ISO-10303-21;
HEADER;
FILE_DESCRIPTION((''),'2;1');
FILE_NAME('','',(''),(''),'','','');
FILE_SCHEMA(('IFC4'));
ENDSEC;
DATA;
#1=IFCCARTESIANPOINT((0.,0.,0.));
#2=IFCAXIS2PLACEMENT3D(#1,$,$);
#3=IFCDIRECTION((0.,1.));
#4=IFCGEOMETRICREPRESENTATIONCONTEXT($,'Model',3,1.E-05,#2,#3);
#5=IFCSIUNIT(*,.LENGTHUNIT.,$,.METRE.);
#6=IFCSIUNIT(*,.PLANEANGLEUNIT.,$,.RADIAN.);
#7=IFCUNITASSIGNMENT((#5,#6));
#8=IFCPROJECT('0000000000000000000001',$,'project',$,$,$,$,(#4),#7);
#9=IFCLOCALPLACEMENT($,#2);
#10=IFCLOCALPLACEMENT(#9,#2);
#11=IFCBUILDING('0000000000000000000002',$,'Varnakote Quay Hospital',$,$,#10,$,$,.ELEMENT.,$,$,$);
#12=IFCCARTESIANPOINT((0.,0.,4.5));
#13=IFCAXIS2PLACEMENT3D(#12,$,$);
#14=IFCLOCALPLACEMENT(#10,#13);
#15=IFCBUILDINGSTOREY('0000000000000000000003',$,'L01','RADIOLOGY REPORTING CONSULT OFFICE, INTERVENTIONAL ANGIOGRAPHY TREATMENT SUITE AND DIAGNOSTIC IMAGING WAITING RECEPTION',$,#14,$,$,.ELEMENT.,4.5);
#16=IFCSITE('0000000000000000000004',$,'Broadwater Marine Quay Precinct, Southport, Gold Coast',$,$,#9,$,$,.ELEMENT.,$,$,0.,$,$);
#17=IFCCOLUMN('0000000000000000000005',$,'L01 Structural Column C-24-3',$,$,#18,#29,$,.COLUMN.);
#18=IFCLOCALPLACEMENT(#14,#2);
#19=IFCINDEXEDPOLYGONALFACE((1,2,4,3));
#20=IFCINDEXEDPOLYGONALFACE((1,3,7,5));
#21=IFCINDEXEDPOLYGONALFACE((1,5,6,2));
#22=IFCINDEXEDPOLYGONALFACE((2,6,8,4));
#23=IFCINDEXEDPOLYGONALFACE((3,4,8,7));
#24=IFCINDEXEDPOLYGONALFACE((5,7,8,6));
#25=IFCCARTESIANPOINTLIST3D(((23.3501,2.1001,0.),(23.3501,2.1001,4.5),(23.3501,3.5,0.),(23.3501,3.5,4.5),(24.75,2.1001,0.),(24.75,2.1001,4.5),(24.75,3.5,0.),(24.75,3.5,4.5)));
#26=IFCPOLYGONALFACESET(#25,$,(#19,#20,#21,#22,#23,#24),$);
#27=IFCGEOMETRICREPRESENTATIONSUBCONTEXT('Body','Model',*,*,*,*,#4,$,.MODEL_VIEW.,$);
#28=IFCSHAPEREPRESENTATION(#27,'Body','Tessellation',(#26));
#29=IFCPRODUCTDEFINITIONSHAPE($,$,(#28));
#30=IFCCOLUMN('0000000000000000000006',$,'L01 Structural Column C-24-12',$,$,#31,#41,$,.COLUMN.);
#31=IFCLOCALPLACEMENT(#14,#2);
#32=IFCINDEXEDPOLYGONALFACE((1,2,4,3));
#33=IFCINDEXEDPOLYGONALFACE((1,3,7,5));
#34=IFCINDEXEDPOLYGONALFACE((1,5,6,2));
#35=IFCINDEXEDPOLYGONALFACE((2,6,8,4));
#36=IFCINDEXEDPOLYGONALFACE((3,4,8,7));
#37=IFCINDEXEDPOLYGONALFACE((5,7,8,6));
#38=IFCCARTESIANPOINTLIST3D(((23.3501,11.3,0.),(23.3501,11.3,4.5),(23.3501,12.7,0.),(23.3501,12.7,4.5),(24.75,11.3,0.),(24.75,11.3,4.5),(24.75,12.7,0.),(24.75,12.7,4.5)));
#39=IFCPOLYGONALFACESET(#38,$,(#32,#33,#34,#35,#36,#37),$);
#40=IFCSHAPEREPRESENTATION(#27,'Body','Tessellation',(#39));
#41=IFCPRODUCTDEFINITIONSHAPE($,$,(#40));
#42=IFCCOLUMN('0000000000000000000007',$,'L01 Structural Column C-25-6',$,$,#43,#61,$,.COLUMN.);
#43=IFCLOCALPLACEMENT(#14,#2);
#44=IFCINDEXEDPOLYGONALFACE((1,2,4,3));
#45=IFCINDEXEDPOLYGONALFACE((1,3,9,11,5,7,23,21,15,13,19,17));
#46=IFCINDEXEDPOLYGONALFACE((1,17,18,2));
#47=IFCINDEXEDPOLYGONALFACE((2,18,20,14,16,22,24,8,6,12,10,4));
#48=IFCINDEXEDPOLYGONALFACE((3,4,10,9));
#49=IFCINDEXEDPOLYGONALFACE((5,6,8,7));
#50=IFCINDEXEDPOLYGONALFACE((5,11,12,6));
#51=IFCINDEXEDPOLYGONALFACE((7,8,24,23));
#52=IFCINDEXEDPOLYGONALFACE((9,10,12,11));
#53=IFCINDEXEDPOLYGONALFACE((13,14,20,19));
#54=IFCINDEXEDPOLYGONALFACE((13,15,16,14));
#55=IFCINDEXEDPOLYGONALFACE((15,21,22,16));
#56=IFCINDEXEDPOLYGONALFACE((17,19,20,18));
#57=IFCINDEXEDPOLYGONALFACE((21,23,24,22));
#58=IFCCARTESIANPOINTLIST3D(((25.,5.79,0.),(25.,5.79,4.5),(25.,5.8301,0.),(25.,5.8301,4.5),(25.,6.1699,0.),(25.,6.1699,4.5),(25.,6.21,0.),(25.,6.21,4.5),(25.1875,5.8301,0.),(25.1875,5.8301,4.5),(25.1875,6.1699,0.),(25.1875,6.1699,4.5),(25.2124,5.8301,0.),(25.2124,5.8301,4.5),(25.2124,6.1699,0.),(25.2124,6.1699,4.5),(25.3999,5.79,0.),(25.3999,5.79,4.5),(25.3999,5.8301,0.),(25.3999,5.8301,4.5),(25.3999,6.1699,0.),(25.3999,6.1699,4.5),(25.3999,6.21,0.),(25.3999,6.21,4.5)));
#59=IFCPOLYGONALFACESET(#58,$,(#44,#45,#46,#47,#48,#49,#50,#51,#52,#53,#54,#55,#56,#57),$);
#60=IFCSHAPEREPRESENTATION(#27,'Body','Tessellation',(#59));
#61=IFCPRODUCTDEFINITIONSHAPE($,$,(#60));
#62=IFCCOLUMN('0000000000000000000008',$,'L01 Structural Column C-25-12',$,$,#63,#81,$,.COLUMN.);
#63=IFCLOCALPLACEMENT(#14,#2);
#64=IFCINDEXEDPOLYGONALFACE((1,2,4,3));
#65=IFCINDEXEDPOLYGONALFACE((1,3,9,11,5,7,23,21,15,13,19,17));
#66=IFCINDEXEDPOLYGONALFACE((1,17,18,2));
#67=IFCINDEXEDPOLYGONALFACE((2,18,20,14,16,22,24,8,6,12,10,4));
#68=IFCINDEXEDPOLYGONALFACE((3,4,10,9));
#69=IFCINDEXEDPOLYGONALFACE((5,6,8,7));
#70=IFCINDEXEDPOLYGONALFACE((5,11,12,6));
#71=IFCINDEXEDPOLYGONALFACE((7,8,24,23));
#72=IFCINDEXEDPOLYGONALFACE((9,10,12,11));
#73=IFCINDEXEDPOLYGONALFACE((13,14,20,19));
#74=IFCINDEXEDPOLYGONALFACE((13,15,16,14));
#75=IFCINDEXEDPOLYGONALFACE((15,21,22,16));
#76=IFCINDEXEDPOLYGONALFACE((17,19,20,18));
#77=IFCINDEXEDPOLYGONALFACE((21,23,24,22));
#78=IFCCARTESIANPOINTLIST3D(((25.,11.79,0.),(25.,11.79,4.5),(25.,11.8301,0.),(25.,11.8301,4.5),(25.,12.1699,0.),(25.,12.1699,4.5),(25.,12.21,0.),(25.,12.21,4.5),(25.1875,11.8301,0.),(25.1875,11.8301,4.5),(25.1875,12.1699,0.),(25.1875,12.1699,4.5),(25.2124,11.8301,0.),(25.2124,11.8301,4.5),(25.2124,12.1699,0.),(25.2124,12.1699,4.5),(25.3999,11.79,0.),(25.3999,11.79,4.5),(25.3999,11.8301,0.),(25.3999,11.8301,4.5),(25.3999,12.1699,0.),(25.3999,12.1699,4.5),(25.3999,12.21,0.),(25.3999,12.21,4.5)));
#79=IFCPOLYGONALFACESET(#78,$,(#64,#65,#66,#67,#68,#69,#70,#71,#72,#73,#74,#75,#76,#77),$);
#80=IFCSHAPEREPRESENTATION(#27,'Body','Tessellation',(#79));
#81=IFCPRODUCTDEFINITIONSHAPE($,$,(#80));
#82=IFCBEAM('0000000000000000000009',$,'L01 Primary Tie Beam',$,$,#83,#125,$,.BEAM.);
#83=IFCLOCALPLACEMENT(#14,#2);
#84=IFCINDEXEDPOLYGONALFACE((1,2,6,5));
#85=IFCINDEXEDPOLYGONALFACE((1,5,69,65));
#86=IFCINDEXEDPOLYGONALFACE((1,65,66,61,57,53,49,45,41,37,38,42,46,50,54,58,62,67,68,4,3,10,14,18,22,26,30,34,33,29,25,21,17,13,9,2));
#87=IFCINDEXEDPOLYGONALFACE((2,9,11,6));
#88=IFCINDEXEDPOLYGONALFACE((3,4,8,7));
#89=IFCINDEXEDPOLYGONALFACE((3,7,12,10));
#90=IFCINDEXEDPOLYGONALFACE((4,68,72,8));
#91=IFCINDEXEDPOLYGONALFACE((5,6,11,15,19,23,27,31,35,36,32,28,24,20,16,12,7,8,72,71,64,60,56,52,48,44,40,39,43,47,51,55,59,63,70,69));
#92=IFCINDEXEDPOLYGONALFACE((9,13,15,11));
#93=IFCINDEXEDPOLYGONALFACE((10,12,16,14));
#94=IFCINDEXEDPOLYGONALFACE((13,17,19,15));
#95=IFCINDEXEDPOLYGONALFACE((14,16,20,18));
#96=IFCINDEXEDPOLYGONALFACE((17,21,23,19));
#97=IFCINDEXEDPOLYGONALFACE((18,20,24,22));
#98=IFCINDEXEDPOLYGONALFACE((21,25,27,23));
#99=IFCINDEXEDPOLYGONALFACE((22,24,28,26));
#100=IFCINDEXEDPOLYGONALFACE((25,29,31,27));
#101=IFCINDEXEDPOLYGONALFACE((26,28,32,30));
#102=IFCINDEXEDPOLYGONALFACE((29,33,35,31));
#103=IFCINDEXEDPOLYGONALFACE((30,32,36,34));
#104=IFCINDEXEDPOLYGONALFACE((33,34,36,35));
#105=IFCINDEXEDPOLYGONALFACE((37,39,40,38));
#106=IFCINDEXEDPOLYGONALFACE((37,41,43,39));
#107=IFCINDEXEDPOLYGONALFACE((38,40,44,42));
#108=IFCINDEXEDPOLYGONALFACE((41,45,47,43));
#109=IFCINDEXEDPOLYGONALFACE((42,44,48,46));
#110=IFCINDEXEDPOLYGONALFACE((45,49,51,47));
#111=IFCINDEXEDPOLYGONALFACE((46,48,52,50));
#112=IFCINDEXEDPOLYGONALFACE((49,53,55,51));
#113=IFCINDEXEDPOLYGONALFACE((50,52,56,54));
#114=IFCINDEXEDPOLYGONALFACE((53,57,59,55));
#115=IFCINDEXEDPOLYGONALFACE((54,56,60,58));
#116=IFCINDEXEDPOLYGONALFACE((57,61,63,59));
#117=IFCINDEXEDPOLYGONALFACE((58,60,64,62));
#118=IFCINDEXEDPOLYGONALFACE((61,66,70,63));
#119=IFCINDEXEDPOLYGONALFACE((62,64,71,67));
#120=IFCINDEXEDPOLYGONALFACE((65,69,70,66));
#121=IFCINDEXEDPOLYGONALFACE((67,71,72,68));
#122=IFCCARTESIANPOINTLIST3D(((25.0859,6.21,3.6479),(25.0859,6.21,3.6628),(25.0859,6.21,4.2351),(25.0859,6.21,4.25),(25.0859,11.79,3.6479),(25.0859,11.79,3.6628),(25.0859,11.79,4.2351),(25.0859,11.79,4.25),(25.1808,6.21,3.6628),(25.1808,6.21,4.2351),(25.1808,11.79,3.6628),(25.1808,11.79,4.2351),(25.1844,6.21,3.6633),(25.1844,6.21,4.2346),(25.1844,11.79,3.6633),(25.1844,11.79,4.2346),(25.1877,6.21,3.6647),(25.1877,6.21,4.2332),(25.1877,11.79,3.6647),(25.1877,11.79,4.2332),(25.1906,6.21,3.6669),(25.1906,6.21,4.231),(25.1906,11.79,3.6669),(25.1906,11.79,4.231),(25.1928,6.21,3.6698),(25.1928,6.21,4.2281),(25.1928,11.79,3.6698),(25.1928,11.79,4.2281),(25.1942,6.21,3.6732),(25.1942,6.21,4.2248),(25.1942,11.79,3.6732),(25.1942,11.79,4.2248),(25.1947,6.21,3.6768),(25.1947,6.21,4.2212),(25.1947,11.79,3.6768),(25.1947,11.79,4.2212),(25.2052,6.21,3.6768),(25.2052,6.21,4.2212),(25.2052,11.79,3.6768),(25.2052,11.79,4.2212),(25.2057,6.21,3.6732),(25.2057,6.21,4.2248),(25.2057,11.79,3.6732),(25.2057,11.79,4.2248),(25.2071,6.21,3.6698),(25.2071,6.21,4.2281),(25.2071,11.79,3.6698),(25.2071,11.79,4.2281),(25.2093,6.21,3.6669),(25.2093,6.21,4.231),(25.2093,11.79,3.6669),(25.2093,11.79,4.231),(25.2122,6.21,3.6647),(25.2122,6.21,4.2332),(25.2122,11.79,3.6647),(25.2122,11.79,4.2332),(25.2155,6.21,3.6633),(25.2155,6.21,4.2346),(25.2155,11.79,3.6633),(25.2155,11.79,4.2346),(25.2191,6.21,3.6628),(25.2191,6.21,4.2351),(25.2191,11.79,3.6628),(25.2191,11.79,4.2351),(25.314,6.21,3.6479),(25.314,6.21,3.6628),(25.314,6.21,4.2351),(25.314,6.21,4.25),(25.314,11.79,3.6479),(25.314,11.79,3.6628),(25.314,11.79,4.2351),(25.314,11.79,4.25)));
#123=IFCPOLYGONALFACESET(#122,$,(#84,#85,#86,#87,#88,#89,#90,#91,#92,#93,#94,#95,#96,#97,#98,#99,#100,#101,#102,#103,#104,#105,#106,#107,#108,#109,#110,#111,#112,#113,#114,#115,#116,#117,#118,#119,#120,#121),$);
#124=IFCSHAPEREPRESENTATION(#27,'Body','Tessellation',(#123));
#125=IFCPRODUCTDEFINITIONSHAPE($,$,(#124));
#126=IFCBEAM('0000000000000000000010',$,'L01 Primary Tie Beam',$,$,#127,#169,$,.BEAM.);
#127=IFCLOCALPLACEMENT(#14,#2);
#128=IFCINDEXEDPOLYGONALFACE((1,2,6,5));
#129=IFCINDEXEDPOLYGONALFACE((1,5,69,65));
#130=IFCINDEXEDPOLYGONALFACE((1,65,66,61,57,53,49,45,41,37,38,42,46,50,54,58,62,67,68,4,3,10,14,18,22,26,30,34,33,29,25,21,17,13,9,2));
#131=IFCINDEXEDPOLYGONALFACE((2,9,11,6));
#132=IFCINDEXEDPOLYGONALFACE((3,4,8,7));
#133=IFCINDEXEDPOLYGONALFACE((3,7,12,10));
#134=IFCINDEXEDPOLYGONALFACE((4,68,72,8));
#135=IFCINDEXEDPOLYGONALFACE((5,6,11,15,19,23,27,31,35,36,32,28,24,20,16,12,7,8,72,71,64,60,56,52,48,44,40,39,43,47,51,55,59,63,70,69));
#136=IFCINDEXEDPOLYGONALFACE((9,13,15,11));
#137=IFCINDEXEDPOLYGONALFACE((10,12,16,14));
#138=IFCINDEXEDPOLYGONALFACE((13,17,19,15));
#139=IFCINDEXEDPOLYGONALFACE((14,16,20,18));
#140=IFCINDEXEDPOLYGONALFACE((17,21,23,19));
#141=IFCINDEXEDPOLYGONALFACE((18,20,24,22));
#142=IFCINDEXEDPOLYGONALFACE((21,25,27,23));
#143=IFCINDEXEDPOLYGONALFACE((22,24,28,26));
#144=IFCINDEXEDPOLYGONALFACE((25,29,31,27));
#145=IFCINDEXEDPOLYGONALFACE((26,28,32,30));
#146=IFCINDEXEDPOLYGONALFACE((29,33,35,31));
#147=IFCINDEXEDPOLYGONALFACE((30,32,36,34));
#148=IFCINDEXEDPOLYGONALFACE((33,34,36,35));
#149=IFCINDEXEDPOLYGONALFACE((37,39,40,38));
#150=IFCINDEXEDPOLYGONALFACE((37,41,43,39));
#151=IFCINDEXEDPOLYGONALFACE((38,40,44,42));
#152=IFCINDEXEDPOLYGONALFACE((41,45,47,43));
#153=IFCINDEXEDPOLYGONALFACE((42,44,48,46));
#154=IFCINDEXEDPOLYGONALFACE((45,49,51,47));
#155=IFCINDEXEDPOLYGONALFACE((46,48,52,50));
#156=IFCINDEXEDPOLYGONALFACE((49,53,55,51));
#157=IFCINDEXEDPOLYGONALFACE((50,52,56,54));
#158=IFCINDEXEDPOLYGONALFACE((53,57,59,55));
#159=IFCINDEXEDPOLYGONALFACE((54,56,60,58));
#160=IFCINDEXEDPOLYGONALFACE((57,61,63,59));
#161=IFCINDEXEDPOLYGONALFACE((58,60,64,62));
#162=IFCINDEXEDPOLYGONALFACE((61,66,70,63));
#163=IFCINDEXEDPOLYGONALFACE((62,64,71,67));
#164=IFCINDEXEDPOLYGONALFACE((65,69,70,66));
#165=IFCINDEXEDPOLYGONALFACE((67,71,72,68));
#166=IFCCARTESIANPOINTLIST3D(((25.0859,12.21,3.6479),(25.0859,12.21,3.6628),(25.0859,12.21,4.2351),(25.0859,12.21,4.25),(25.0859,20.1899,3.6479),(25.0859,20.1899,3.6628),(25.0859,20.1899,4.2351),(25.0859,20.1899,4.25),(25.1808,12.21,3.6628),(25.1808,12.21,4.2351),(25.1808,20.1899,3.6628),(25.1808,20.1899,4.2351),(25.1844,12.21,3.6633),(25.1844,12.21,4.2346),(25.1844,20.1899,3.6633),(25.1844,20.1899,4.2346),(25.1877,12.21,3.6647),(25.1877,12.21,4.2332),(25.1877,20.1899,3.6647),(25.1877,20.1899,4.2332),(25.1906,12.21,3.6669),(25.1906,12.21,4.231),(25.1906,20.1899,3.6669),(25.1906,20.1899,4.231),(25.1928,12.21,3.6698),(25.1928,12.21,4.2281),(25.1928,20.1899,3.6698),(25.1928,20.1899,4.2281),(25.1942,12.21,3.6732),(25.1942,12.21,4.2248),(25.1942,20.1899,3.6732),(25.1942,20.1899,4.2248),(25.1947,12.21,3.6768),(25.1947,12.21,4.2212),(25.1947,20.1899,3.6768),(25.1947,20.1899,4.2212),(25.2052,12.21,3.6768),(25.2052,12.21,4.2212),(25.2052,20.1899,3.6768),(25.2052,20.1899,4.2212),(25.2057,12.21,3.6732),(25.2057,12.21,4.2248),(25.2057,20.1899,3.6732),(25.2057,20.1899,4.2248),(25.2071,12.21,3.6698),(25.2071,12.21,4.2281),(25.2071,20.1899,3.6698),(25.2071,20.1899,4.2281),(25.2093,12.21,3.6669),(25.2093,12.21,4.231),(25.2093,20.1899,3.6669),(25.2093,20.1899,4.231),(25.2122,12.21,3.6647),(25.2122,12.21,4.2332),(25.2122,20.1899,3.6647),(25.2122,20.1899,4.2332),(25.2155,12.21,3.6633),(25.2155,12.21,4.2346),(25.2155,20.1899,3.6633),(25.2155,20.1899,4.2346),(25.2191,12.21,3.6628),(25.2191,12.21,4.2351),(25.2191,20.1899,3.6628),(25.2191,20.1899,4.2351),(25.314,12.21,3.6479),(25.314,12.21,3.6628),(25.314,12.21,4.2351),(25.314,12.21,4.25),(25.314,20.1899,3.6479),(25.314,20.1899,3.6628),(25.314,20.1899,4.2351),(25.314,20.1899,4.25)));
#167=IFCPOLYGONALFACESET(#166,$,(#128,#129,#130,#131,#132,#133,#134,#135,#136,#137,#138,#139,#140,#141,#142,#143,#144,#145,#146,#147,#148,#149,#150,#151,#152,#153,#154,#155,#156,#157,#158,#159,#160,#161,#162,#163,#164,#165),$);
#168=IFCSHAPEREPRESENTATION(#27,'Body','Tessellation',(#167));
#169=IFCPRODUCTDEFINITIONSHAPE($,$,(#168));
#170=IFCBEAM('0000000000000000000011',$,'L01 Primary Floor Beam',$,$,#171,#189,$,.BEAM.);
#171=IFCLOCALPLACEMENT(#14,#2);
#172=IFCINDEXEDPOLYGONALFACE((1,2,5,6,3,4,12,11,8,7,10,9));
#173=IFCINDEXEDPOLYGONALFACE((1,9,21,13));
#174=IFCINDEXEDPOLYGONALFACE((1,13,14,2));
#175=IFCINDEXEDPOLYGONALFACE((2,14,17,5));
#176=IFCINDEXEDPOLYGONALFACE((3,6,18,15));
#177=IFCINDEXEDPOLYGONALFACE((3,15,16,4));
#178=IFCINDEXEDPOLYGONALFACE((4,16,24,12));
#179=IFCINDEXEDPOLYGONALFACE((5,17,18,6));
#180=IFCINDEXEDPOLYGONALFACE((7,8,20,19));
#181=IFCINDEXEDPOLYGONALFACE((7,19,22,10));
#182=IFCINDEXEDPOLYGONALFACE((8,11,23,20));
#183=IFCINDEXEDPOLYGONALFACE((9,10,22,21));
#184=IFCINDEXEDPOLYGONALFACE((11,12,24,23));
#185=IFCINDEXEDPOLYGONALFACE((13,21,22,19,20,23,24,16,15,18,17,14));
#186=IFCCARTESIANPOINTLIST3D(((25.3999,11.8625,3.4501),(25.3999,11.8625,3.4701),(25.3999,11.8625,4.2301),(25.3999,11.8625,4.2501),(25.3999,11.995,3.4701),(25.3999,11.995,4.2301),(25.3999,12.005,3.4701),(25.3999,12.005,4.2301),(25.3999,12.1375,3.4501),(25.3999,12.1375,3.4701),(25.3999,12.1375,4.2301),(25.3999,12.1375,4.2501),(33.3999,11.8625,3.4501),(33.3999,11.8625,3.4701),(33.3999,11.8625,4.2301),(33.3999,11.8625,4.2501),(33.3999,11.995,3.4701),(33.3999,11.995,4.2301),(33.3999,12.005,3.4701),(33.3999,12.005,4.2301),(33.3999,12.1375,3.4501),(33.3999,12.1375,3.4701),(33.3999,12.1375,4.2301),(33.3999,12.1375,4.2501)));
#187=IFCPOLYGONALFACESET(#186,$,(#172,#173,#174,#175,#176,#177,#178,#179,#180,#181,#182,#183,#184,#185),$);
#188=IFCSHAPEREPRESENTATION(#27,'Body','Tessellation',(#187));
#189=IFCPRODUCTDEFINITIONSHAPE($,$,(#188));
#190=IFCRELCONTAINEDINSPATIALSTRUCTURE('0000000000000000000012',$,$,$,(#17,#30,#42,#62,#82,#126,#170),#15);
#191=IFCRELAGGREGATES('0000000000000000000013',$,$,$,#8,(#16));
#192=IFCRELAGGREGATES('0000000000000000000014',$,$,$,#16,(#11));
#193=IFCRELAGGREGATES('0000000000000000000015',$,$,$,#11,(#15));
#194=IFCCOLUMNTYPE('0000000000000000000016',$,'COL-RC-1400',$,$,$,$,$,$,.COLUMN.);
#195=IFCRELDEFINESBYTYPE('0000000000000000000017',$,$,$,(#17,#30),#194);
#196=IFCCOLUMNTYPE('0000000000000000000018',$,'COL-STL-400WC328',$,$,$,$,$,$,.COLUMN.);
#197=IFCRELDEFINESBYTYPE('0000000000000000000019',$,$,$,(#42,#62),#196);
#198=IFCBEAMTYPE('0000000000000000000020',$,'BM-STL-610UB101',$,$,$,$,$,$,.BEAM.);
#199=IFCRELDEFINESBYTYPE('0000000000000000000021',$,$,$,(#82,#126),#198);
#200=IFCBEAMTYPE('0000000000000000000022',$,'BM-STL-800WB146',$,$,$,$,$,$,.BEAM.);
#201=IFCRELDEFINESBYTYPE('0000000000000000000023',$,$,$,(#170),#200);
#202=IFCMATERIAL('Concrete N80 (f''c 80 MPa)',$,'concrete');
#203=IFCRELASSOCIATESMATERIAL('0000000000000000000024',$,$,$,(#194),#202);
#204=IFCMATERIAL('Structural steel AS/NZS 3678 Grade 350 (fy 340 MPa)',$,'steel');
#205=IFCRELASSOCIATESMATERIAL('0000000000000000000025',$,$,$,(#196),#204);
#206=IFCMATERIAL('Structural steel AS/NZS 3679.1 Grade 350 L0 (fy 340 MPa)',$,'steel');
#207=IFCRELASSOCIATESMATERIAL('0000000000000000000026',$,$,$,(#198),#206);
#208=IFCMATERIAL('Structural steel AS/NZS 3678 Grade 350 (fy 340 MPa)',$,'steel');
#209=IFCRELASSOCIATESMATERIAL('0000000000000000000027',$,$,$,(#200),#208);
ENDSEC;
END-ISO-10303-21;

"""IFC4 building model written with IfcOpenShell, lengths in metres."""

from ifc_helpers import new_model, si_unit, direction, frame, origin, origin_2d, place, context, subcontext, project, spatial, rectangle, i_section, extrude, material, material_profile, profile_set, type_object, element, save


model = new_model("IFC4")

# Units and contexts
model_context = context("Model", 3, precision=1e-05, world=origin(), true_north=direction((0.0, 1.0)))
body_context = subcontext(model_context, "Body", "Model", "MODEL_VIEW")
ifc_project = project(units=[si_unit("LENGTHUNIT", "METRE"), si_unit("PLANEANGLEUNIT", "RADIAN")], contexts=[model_context])

# Site, building, storey
site_placement = place(None, origin())
site = spatial("IfcSite", under=ifc_project, at=site_placement, Name="Broadwater Marine Quay Precinct, Southport, Gold Coast", CompositionType="ELEMENT", RefElevation=0.0)
building_placement = place(site_placement, origin())
building = spatial("IfcBuilding", under=site, at=building_placement, Name="Varnakote Quay Hospital", CompositionType="ELEMENT")
storey_placement = place(building_placement, frame((0.0, 0.0, 4.5)))
storey = spatial("IfcBuildingStorey", under=building, at=storey_placement, Name="L01", Description="RADIOLOGY REPORTING CONSULT OFFICE, INTERVENTIONAL ANGIOGRAPHY TREATMENT SUITE AND DIAGNOSTIC IMAGING WAITING RECEPTION", CompositionType="ELEMENT", Elevation=4.5)

# Columns
ifc_material_1 = material(Name="Concrete N80 (f'c 80 MPa)", Category="concrete")
ifc_material_profile_1 = material_profile(ifc_material_1, rectangle(XDim=1.3999, YDim=1.3999, at=origin_2d()), Name="RC-COL-1400x1400")
ifc_profile_set_1 = profile_set([ifc_material_profile_1], Name="Concrete N80 (f'c 80 MPa)")
column_type_1 = type_object("IfcColumnType", Name="COL-RC-1400", PredefinedType="COLUMN", material=ifc_profile_set_1)
for number, where, z_axis, x_axis, name in (
    (1, (24.05, 2.8, 0.0), (0.0, 0.0, 1.0), (1.0, 0.0, 0.0), "L01 Structural Column C-24-3"),
    (2, (24.05, 12.0, 0.0), (0.0, 0.0, 1.0), (1.0, 0.0, 0.0), "L01 Structural Column C-24-12"),
):
    element("IfcColumn", number, at=place(storey_placement, frame(where, z_axis=z_axis, x_axis=x_axis)), inside=storey, type_object=column_type_1, Name=name, PredefinedType="COLUMN", context=body_context, shape_type="SweptSolid", body=[
        extrude(rectangle(XDim=1.3999, YDim=1.3999, at=origin_2d()), origin(), (0.0, 0.0, 1.0), 4.5),
    ])
ifc_material_2 = material(Name="Structural steel AS/NZS 3678 Grade 350 (fy 340 MPa)", Category="steel")
ifc_material_profile_2 = material_profile(ifc_material_2, i_section(OverallWidth=0.3999, OverallDepth=0.4199, WebThickness=0.0249, FlangeThickness=0.04, at=origin_2d()), Name="400WC328")
ifc_profile_set_2 = profile_set([ifc_material_profile_2], Name="Structural steel AS/NZS 3678 Grade 350 (fy 340 MPa)")
column_type_2 = type_object("IfcColumnType", Name="COL-STL-400WC328", PredefinedType="COLUMN", material=ifc_profile_set_2)
for number, where, z_axis, x_axis, name in (
    (3, (25.2, 6.0, 0.0), (0.0, 0.0, 1.0), (1.0, 0.0, 0.0), "L01 Structural Column C-25-6"),
    (4, (25.2, 12.0, 0.0), (0.0, 0.0, 1.0), (1.0, 0.0, 0.0), "L01 Structural Column C-25-12"),
):
    element("IfcColumn", number, at=place(storey_placement, frame(where, z_axis=z_axis, x_axis=x_axis)), inside=storey, type_object=column_type_2, Name=name, PredefinedType="COLUMN", context=body_context, shape_type="SweptSolid", body=[
        extrude(i_section(OverallWidth=0.3999, OverallDepth=0.4199, WebThickness=0.0249, FlangeThickness=0.04, at=origin_2d()), origin(), (0.0, 0.0, 1.0), 4.5),
    ])

# Beams
ifc_material_3 = material(Name="Structural steel AS/NZS 3679.1 Grade 350 L0 (fy 340 MPa)", Category="steel")
ifc_material_profile_3 = material_profile(ifc_material_3, i_section(OverallWidth=0.228, OverallDepth=0.6021, WebThickness=0.0105, FlangeThickness=0.0149, FilletRadius=0.0139, at=origin_2d()), Name="610UB101")
ifc_profile_set_3 = profile_set([ifc_material_profile_3], Name="Structural steel AS/NZS 3679.1 Grade 350 L0 (fy 340 MPa)")
beam_type_1 = type_object("IfcBeamType", Name="BM-STL-610UB101", PredefinedType="BEAM", material=ifc_profile_set_3)
beam_1_placement = place(storey_placement, frame((25.2, 6.21, 3.949), z_axis=(0.0, 1.0, 0.0), x_axis=(-1.0, 0.0, 0.0)))
element("IfcBeam", 5, at=beam_1_placement, inside=storey, type_object=beam_type_1, Name="L01 Primary Tie Beam", PredefinedType="BEAM", context=body_context, shape_type="SweptSolid", body=[
    extrude(i_section(OverallWidth=0.228, OverallDepth=0.6021, WebThickness=0.0105, FlangeThickness=0.0149, FilletRadius=0.0139, at=origin_2d()), origin(), (0.0, 0.0, 1.0), 5.5801),
])
beam_2_placement = place(storey_placement, frame((25.2, 12.21, 3.949), z_axis=(0.0, 1.0, 0.0), x_axis=(-1.0, 0.0, 0.0)))
element("IfcBeam", 6, at=beam_2_placement, inside=storey, type_object=beam_type_1, Name="L01 Primary Tie Beam", PredefinedType="BEAM", context=body_context, shape_type="SweptSolid", body=[
    extrude(i_section(OverallWidth=0.228, OverallDepth=0.6021, WebThickness=0.0105, FlangeThickness=0.0149, FilletRadius=0.0139, at=origin_2d()), origin(), (0.0, 0.0, 1.0), 7.98),
])
ifc_material_4 = material(Name="Structural steel AS/NZS 3678 Grade 350 (fy 340 MPa)", Category="steel")
ifc_material_profile_4 = material_profile(ifc_material_4, i_section(OverallWidth=0.2749, OverallDepth=0.8, WebThickness=0.01, FlangeThickness=0.02, at=origin_2d()), Name="800WB146")
ifc_profile_set_4 = profile_set([ifc_material_profile_4], Name="Structural steel AS/NZS 3678 Grade 350 (fy 340 MPa)")
beam_type_2 = type_object("IfcBeamType", Name="BM-STL-800WB146", PredefinedType="BEAM", material=ifc_profile_set_4)
beam_3_placement = place(storey_placement, frame((25.3999, 12.0, 3.8501), z_axis=(1.0, 0.0, 0.0), x_axis=(0.0, 1.0, 0.0)))
element("IfcBeam", 7, at=beam_3_placement, inside=storey, type_object=beam_type_2, Name="L01 Primary Floor Beam", PredefinedType="BEAM", context=body_context, shape_type="SweptSolid", body=[
    extrude(i_section(OverallWidth=0.2749, OverallDepth=0.8, WebThickness=0.01, FlangeThickness=0.02, at=origin_2d()), origin(), (0.0, 0.0, 1.0), 8.0),
])

save(model, "model.ifc")
